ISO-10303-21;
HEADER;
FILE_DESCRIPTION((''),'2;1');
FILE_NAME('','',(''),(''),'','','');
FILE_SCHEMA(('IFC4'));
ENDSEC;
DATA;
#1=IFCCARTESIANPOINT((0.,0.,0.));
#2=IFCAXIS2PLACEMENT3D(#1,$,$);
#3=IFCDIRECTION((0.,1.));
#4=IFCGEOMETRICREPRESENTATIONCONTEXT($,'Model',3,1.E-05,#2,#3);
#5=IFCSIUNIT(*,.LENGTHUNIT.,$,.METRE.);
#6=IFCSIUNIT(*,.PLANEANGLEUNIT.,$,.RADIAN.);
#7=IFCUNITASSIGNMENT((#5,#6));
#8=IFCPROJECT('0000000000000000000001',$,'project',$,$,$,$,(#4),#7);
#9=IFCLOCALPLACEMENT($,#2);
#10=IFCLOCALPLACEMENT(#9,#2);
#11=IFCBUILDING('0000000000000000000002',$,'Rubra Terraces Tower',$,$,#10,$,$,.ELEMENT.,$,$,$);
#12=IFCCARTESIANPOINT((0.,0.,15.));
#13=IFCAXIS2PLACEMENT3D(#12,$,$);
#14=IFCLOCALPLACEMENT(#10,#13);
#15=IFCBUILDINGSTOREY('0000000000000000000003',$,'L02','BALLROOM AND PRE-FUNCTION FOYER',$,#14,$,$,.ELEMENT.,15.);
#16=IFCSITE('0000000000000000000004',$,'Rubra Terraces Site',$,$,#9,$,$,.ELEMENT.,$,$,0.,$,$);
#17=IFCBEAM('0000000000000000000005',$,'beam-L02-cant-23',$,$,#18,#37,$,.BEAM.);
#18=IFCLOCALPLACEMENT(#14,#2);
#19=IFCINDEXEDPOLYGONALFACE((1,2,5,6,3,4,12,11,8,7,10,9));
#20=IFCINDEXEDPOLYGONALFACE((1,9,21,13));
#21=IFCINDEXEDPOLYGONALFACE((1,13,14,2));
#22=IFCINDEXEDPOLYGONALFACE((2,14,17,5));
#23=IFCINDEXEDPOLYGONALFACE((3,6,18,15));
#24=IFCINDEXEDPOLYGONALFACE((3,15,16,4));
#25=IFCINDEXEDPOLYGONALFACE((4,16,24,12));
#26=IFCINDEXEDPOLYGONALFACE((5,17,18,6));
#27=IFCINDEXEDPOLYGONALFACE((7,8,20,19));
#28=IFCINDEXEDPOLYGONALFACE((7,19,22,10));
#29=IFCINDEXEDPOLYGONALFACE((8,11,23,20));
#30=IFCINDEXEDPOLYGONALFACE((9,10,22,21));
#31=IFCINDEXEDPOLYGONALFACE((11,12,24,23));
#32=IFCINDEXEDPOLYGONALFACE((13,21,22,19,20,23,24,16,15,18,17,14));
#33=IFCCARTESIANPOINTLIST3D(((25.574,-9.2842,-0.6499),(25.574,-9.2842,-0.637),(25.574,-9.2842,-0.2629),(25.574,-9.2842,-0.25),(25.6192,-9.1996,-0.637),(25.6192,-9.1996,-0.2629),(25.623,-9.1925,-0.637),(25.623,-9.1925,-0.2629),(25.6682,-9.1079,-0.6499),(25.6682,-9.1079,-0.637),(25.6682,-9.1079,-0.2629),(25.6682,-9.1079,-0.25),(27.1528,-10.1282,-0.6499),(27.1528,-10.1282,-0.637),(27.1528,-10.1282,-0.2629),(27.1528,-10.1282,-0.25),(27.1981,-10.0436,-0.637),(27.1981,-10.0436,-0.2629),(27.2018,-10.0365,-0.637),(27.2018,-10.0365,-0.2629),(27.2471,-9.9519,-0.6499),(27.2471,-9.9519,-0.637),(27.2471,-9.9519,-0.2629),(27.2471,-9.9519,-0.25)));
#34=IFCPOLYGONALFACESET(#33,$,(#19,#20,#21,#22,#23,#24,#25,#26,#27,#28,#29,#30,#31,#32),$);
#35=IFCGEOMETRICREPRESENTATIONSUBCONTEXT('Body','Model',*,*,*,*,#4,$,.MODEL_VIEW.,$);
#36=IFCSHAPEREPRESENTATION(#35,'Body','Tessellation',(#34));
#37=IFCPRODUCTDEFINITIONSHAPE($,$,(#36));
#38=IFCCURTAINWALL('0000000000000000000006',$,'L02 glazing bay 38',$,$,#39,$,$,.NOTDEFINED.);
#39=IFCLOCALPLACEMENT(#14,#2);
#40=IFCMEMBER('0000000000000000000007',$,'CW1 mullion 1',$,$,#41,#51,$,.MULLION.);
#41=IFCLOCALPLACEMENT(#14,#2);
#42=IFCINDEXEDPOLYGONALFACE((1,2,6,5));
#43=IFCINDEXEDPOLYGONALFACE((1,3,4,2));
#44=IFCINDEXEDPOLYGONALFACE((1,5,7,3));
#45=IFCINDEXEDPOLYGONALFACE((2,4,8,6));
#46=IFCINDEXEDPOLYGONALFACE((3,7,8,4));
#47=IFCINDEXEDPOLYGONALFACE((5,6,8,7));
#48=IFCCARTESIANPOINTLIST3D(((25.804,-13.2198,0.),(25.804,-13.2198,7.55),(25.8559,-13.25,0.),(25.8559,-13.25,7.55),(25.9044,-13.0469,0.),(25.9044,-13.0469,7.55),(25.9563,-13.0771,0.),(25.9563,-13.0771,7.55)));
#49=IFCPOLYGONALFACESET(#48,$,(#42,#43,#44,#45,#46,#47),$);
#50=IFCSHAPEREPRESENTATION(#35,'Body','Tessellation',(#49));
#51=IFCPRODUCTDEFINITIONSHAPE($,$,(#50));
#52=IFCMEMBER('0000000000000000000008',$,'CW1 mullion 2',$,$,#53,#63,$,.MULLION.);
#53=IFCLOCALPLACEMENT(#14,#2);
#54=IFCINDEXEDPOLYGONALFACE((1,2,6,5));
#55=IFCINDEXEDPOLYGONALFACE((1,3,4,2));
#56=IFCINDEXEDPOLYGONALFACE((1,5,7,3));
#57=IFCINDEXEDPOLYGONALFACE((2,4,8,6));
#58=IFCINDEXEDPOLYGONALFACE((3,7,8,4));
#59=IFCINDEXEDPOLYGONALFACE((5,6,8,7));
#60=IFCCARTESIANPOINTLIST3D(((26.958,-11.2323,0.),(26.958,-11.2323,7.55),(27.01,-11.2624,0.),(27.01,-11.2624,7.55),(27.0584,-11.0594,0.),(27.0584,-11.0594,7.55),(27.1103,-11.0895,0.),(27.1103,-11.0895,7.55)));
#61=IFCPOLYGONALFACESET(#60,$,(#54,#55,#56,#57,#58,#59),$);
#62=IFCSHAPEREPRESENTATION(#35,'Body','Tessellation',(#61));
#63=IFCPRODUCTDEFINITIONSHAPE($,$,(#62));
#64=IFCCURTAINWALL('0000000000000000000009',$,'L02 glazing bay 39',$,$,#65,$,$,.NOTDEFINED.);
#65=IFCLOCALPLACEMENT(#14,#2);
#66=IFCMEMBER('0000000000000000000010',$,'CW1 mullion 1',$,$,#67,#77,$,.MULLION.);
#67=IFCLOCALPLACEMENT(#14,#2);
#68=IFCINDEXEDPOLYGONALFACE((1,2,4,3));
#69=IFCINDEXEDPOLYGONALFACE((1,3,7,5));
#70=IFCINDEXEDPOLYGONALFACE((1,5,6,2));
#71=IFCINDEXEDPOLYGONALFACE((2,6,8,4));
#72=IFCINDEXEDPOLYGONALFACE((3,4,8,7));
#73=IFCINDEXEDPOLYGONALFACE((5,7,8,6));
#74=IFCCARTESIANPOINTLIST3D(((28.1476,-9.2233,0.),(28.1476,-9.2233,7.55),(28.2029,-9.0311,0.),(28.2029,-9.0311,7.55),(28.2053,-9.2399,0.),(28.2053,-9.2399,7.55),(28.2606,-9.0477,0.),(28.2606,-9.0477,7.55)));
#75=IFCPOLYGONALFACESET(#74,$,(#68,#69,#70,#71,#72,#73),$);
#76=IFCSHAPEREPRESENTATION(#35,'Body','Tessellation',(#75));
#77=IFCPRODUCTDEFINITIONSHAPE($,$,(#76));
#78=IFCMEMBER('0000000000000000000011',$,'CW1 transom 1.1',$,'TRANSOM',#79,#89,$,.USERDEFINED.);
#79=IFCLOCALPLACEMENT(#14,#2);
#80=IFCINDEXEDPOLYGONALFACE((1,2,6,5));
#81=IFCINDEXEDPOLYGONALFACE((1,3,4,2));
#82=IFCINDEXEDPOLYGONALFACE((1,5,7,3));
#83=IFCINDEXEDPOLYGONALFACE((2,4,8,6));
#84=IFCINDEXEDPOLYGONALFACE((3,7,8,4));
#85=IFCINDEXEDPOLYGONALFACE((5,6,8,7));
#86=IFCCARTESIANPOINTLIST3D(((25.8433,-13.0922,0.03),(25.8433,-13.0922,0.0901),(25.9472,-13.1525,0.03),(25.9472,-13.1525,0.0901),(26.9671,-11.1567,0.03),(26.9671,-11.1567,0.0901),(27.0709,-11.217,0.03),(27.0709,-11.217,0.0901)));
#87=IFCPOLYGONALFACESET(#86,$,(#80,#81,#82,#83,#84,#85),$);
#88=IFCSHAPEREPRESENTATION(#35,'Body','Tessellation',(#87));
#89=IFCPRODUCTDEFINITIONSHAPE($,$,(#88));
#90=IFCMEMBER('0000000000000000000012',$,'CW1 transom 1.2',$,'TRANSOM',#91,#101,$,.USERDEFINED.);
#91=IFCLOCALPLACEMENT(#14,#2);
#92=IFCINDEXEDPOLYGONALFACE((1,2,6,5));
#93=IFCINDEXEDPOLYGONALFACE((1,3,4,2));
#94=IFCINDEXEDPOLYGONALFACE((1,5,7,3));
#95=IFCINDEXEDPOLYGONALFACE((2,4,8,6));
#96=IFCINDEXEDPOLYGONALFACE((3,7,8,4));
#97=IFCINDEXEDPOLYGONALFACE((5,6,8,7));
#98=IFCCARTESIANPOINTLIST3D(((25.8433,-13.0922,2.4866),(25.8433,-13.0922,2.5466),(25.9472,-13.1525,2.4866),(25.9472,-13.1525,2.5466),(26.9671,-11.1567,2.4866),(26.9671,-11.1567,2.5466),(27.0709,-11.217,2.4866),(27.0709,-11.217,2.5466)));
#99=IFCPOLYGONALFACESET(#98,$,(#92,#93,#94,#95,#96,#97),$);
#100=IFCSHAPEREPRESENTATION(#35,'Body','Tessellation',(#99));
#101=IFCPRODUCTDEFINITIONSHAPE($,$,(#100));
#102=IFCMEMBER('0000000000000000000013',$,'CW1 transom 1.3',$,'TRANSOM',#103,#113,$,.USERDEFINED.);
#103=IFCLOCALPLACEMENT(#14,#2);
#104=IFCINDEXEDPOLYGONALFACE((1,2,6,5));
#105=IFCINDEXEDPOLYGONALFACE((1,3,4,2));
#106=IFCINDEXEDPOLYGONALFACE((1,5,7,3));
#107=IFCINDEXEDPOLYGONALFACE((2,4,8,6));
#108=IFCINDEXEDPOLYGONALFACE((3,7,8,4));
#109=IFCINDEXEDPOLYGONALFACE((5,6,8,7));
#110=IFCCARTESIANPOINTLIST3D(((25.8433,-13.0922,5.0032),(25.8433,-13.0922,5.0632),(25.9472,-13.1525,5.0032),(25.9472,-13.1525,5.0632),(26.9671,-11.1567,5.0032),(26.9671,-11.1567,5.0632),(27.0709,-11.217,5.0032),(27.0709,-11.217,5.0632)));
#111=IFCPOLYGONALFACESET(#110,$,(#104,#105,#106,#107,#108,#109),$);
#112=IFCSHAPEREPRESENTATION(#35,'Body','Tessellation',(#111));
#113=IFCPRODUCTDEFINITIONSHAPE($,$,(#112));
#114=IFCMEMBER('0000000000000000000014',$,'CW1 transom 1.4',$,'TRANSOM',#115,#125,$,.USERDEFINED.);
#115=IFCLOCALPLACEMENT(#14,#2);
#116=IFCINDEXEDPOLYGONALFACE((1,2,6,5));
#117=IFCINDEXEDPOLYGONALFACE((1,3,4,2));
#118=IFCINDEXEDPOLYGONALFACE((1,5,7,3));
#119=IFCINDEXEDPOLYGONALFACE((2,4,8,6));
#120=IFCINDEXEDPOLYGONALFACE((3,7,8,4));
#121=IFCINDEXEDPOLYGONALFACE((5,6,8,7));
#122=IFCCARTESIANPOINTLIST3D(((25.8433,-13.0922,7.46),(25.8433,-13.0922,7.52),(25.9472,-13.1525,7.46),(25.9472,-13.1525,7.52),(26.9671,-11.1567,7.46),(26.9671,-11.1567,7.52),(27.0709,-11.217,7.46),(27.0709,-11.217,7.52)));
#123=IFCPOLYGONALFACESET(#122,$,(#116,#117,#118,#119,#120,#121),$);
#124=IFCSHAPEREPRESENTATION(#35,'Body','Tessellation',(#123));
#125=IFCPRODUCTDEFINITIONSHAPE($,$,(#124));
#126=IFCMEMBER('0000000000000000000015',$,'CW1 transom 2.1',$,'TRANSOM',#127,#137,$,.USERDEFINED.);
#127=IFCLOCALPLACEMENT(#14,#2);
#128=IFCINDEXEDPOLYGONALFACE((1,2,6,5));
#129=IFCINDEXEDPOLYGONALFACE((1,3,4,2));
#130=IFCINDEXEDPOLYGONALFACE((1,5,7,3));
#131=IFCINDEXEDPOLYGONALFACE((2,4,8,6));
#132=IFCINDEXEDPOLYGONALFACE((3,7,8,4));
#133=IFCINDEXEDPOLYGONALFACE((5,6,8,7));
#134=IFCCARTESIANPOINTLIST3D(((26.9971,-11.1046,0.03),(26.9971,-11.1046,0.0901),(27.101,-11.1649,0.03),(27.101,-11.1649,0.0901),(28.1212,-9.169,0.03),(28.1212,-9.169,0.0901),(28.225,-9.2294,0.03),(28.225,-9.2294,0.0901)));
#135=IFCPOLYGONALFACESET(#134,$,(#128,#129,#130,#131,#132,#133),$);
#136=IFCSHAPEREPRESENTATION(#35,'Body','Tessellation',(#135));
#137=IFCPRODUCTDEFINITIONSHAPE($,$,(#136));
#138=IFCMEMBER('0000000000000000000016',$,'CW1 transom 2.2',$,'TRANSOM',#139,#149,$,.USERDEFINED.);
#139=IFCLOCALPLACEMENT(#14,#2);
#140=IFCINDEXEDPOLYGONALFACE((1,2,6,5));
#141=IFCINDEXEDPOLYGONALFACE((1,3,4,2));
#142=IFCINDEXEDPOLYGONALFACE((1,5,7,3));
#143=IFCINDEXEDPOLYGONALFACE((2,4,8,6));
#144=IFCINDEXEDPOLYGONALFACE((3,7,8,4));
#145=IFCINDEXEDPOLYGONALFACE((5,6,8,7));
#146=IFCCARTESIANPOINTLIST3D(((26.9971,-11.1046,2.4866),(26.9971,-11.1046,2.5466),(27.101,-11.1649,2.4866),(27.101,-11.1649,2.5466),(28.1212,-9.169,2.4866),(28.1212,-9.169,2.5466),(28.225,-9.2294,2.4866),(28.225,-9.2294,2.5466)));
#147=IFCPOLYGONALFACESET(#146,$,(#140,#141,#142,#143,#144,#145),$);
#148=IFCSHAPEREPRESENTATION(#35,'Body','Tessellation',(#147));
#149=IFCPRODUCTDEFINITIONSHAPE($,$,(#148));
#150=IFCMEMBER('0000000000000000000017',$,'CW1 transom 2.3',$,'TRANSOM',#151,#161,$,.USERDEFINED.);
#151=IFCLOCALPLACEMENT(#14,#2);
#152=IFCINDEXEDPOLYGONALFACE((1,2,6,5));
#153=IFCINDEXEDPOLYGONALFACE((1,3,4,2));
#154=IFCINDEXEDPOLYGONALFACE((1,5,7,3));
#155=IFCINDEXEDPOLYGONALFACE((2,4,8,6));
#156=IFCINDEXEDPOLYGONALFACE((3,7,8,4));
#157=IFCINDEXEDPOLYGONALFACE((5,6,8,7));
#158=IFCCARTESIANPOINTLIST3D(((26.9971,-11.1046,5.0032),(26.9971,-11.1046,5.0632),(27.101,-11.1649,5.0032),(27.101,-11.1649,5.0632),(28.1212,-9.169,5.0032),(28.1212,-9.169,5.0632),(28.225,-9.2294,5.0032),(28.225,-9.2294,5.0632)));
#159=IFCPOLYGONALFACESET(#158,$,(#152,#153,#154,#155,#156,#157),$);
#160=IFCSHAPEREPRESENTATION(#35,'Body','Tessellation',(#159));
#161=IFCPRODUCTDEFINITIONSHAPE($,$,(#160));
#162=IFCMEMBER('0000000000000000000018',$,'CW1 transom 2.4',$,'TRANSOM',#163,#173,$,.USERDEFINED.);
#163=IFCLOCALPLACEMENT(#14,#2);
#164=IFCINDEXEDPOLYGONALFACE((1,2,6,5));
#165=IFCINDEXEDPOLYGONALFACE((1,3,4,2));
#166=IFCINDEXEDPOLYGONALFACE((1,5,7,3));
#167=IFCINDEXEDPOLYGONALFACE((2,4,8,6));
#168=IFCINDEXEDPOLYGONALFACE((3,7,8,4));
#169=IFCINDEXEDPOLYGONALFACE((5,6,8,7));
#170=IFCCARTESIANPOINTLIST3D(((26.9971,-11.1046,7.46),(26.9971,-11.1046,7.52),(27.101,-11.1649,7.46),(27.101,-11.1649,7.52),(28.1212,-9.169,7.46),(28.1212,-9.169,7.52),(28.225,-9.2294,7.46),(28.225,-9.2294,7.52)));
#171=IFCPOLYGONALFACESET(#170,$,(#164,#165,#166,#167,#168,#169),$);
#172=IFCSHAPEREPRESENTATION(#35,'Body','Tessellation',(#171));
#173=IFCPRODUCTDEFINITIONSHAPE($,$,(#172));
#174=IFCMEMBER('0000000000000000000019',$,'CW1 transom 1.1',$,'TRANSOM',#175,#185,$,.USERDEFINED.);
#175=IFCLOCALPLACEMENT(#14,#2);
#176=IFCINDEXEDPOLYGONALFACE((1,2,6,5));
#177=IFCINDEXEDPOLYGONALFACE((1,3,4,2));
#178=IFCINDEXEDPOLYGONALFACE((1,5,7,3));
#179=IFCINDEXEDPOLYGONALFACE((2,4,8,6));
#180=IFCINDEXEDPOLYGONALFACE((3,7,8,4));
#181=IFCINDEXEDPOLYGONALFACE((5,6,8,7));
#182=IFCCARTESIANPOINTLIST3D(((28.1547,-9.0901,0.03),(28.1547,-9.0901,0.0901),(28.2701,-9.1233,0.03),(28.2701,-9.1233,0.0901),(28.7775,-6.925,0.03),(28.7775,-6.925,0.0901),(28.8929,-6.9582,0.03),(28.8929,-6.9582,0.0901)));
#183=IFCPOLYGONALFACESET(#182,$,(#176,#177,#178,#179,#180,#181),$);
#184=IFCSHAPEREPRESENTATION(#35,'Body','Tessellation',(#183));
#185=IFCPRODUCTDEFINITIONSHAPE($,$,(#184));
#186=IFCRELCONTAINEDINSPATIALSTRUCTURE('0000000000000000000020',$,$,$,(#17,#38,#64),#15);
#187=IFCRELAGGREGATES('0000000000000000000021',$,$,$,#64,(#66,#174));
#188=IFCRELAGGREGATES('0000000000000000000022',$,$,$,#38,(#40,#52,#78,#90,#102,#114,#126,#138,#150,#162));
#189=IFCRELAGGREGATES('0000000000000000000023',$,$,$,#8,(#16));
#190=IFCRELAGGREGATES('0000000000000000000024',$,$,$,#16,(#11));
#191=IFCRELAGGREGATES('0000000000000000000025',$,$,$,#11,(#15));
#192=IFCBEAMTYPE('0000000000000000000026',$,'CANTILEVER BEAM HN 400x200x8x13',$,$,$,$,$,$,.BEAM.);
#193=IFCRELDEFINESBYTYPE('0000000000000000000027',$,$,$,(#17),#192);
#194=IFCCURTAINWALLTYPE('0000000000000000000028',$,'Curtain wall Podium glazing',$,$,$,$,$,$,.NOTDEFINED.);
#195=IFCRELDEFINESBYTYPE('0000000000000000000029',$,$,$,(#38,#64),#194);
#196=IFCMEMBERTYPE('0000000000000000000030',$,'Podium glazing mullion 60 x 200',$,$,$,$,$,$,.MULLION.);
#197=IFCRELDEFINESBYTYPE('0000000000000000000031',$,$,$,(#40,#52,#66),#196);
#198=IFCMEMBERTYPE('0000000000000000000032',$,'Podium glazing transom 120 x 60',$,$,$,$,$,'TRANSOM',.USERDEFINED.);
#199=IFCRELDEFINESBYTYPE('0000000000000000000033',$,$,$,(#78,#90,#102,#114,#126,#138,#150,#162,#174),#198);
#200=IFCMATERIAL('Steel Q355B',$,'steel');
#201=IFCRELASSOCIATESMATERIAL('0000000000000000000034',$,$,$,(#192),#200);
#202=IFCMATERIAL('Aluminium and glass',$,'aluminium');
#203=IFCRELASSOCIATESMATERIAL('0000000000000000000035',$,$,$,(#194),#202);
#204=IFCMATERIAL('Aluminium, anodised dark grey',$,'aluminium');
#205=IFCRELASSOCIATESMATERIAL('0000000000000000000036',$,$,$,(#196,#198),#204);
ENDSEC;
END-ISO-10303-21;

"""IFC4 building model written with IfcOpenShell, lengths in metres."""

from ifc_helpers import new_model, si_unit, direction, frame, origin, origin_2d, place, context, subcontext, project, spatial, rectangle, i_section, extrude, material, material_profile, profile_set, type_object, element, aggregate, save


model = new_model("IFC4")

# Units and contexts
model_context = context("Model", 3, precision=1e-05, world=origin(), true_north=direction((0.0, 1.0)))
body_context = subcontext(model_context, "Body", "Model", "MODEL_VIEW")
ifc_project = project(units=[si_unit("LENGTHUNIT", "METRE"), si_unit("PLANEANGLEUNIT", "RADIAN")], contexts=[model_context])

# Site, building, storey
site_placement = place(None, origin())
site = spatial("IfcSite", under=ifc_project, at=site_placement, Name="Rubra Terraces Site", CompositionType="ELEMENT", RefElevation=0.0)
building_placement = place(site_placement, origin())
building = spatial("IfcBuilding", under=site, at=building_placement, Name="Rubra Terraces Tower", CompositionType="ELEMENT")
storey_placement = place(building_placement, frame((0.0, 0.0, 15.0)))
storey = spatial("IfcBuildingStorey", under=building, at=storey_placement, Name="L02", Description="BALLROOM AND PRE-FUNCTION FOYER", CompositionType="ELEMENT", Elevation=15.0)

# Beam
ifc_material_1 = material(Name="Steel Q355B", Category="steel")
ifc_material_profile_1 = material_profile(ifc_material_1, i_section(OverallWidth=0.2, OverallDepth=0.3999, WebThickness=0.0081, FlangeThickness=0.0129, at=origin_2d()), Name="HN 400x200x8x13")
ifc_profile_set_1 = profile_set([ifc_material_profile_1], Name="Steel Q355B")
beam_type = type_object("IfcBeamType", Name="CANTILEVER BEAM HN 400x200x8x13", PredefinedType="BEAM", material=ifc_profile_set_1)
beam_placement = place(storey_placement, frame((25.6211, -9.196, -0.45), z_axis=(0.881903, -0.47143, 0.0), x_axis=(0.47143, 0.881903, 0.0)))
element("IfcBeam", 1, at=beam_placement, inside=storey, type_object=beam_type, Name="beam-L02-cant-23", PredefinedType="BEAM", context=body_context, shape_type="SweptSolid", body=[
    extrude(i_section(OverallWidth=0.2, OverallDepth=0.3999, WebThickness=0.0081, FlangeThickness=0.0129, at=origin_2d()), origin(), (0.0, 0.0, 1.0), 1.7903),
])

# Curtain wall, members
ifc_material_2 = material(Name="Aluminium and glass", Category="aluminium")
curtain_wall_type = type_object("IfcCurtainWallType", Name="Curtain wall Podium glazing", PredefinedType="NOTDEFINED", material=ifc_material_2)
curtain_wall_1_placement = place(storey_placement, origin())
curtain_wall_1 = element("IfcCurtainWall", 2, at=curtain_wall_1_placement, inside=storey, type_object=curtain_wall_type, Name="L02 glazing bay 38", PredefinedType="NOTDEFINED")
ifc_material_3 = material(Name="Aluminium, anodised dark grey", Category="aluminium")
ifc_material_profile_2 = material_profile(ifc_material_3, rectangle(XDim=0.0601, YDim=0.2, at=origin_2d()), Name="AL 60x200")
ifc_profile_set_2 = profile_set([ifc_material_profile_2], Name="Aluminium, anodised dark grey")
member_type_1 = type_object("IfcMemberType", Name="Podium glazing mullion 60 x 200", PredefinedType="MULLION", material=ifc_profile_set_2)
member_1_placement = place(storey_placement, frame((25.8801, -13.1484, 0.0), z_axis=(0.0, 0.0, 1.0), x_axis=(-0.864813, 0.502094, 0.0)))
member_1 = element("IfcMember", 3, at=member_1_placement, type_object=member_type_1, Name="CW1 mullion 1", PredefinedType="MULLION", context=body_context, shape_type="SweptSolid", body=[
    extrude(rectangle(XDim=0.0601, YDim=0.2, at=origin_2d()), origin(), (0.0, 0.0, 1.0), 7.55),
])
member_2_placement = place(storey_placement, frame((27.0342, -11.1609, 0.0), z_axis=(0.0, 0.0, 1.0), x_axis=(-0.864813, 0.502094, 0.0)))
member_2 = element("IfcMember", 4, at=member_2_placement, type_object=member_type_1, Name="CW1 mullion 2", PredefinedType="MULLION", context=body_context, shape_type="SweptSolid", body=[
    extrude(rectangle(XDim=0.0601, YDim=0.2, at=origin_2d()), origin(), (0.0, 0.0, 1.0), 7.55),
])

# Curtain wall, member
curtain_wall_2_placement = place(storey_placement, origin())
curtain_wall_2 = element("IfcCurtainWall", 5, at=curtain_wall_2_placement, inside=storey, type_object=curtain_wall_type, Name="L02 glazing bay 39", PredefinedType="NOTDEFINED")
member_3_placement = place(storey_placement, frame((28.2041, -9.1355, 0.0), z_axis=(0.0, 0.0, 1.0), x_axis=(-0.961047, 0.276384, 0.0)))
member_3 = element("IfcMember", 6, at=member_3_placement, type_object=member_type_1, Name="CW1 mullion 1", PredefinedType="MULLION", context=body_context, shape_type="SweptSolid", body=[
    extrude(rectangle(XDim=0.0601, YDim=0.2, at=origin_2d()), origin(), (0.0, 0.0, 1.0), 7.55),
])

# Members
ifc_material_profile_3 = material_profile(ifc_material_3, rectangle(XDim=0.1201, YDim=0.0601, at=origin_2d()), Name="AL 120x60")
ifc_profile_set_3 = profile_set([ifc_material_profile_3], Name="Aluminium, anodised dark grey")
member_type_2 = type_object("IfcMemberType", Name="Podium glazing transom 120 x 60", ElementType="TRANSOM", PredefinedType="USERDEFINED", material=ifc_profile_set_3)
member_4_placement = place(storey_placement, frame((25.8953, -13.1223, 0.0601), z_axis=(0.502107, 0.864806, 0.0), x_axis=(-0.864806, 0.502107, 0.0)))
member_4 = element("IfcMember", 7, at=member_4_placement, type_object=member_type_2, Name="CW1 transom 1.1", ObjectType="TRANSOM", PredefinedType="USERDEFINED", context=body_context, shape_type="SweptSolid", body=[
    extrude(rectangle(XDim=0.1201, YDim=0.0601, at=origin_2d()), origin(), (0.0, 0.0, 1.0), 2.238),
])
member_5_placement = place(storey_placement, frame((25.8953, -13.1223, 2.5166), z_axis=(0.502107, 0.864806, 0.0), x_axis=(-0.864806, 0.502107, 0.0)))
member_5 = element("IfcMember", 8, at=member_5_placement, type_object=member_type_2, Name="CW1 transom 1.2", ObjectType="TRANSOM", PredefinedType="USERDEFINED", context=body_context, shape_type="SweptSolid", body=[
    extrude(rectangle(XDim=0.1201, YDim=0.0601, at=origin_2d()), origin(), (0.0, 0.0, 1.0), 2.238),
])
member_6_placement = place(storey_placement, frame((25.8953, -13.1223, 5.0332), z_axis=(0.502107, 0.864806, 0.0), x_axis=(-0.864806, 0.502107, 0.0)))
member_6 = element("IfcMember", 9, at=member_6_placement, type_object=member_type_2, Name="CW1 transom 1.3", ObjectType="TRANSOM", PredefinedType="USERDEFINED", context=body_context, shape_type="SweptSolid", body=[
    extrude(rectangle(XDim=0.1201, YDim=0.0601, at=origin_2d()), origin(), (0.0, 0.0, 1.0), 2.238),
])
member_7_placement = place(storey_placement, frame((25.8953, -13.1223, 7.49), z_axis=(0.502107, 0.864806, 0.0), x_axis=(-0.864806, 0.502107, 0.0)))
member_7 = element("IfcMember", 10, at=member_7_placement, type_object=member_type_2, Name="CW1 transom 1.4", ObjectType="TRANSOM", PredefinedType="USERDEFINED", context=body_context, shape_type="SweptSolid", body=[
    extrude(rectangle(XDim=0.1201, YDim=0.0601, at=origin_2d()), origin(), (0.0, 0.0, 1.0), 2.238),
])
member_8_placement = place(storey_placement, frame((27.0491, -11.1348, 0.0601), z_axis=(0.502188, 0.864758, 0.0), x_axis=(-0.864758, 0.502188, 0.0)))
member_8 = element("IfcMember", 11, at=member_8_placement, type_object=member_type_2, Name="CW1 transom 2.1", ObjectType="TRANSOM", PredefinedType="USERDEFINED", context=body_context, shape_type="SweptSolid", body=[
    extrude(rectangle(XDim=0.1201, YDim=0.0601, at=origin_2d()), origin(), (0.0, 0.0, 1.0), 2.2383),
])
member_9_placement = place(storey_placement, frame((27.0491, -11.1348, 2.5166), z_axis=(0.502188, 0.864758, 0.0), x_axis=(-0.864758, 0.502188, 0.0)))
member_9 = element("IfcMember", 12, at=member_9_placement, type_object=member_type_2, Name="CW1 transom 2.2", ObjectType="TRANSOM", PredefinedType="USERDEFINED", context=body_context, shape_type="SweptSolid", body=[
    extrude(rectangle(XDim=0.1201, YDim=0.0601, at=origin_2d()), origin(), (0.0, 0.0, 1.0), 2.2383),
])
member_10_placement = place(storey_placement, frame((27.0491, -11.1348, 5.0332), z_axis=(0.502188, 0.864758, 0.0), x_axis=(-0.864758, 0.502188, 0.0)))
member_10 = element("IfcMember", 13, at=member_10_placement, type_object=member_type_2, Name="CW1 transom 2.3", ObjectType="TRANSOM", PredefinedType="USERDEFINED", context=body_context, shape_type="SweptSolid", body=[
    extrude(rectangle(XDim=0.1201, YDim=0.0601, at=origin_2d()), origin(), (0.0, 0.0, 1.0), 2.2383),
])
member_11_placement = place(storey_placement, frame((27.0491, -11.1348, 7.49), z_axis=(0.502188, 0.864758, 0.0), x_axis=(-0.864758, 0.502188, 0.0)))
member_11 = element("IfcMember", 14, at=member_11_placement, type_object=member_type_2, Name="CW1 transom 2.4", ObjectType="TRANSOM", PredefinedType="USERDEFINED", context=body_context, shape_type="SweptSolid", body=[
    extrude(rectangle(XDim=0.1201, YDim=0.0601, at=origin_2d()), origin(), (0.0, 0.0, 1.0), 2.2383),
])
member_12_placement = place(storey_placement, frame((28.2124, -9.1067, 0.0601), z_axis=(0.276453, 0.961028, 0.0), x_axis=(-0.961028, 0.276453, 0.0)))
member_12 = element("IfcMember", 15, at=member_12_placement, type_object=member_type_2, Name="CW1 transom 1.1", ObjectType="TRANSOM", PredefinedType="USERDEFINED", context=body_context, shape_type="SweptSolid", body=[
    extrude(rectangle(XDim=0.1201, YDim=0.0601, at=origin_2d()), origin(), (0.0, 0.0, 1.0), 2.2529),
])
aggregate(curtain_wall_2, [member_3, member_12])

aggregate(curtain_wall_1, [member_1, member_2, member_4, member_5, member_6, member_7, member_8, member_9, member_10, member_11])

save(model, "model.ifc")
